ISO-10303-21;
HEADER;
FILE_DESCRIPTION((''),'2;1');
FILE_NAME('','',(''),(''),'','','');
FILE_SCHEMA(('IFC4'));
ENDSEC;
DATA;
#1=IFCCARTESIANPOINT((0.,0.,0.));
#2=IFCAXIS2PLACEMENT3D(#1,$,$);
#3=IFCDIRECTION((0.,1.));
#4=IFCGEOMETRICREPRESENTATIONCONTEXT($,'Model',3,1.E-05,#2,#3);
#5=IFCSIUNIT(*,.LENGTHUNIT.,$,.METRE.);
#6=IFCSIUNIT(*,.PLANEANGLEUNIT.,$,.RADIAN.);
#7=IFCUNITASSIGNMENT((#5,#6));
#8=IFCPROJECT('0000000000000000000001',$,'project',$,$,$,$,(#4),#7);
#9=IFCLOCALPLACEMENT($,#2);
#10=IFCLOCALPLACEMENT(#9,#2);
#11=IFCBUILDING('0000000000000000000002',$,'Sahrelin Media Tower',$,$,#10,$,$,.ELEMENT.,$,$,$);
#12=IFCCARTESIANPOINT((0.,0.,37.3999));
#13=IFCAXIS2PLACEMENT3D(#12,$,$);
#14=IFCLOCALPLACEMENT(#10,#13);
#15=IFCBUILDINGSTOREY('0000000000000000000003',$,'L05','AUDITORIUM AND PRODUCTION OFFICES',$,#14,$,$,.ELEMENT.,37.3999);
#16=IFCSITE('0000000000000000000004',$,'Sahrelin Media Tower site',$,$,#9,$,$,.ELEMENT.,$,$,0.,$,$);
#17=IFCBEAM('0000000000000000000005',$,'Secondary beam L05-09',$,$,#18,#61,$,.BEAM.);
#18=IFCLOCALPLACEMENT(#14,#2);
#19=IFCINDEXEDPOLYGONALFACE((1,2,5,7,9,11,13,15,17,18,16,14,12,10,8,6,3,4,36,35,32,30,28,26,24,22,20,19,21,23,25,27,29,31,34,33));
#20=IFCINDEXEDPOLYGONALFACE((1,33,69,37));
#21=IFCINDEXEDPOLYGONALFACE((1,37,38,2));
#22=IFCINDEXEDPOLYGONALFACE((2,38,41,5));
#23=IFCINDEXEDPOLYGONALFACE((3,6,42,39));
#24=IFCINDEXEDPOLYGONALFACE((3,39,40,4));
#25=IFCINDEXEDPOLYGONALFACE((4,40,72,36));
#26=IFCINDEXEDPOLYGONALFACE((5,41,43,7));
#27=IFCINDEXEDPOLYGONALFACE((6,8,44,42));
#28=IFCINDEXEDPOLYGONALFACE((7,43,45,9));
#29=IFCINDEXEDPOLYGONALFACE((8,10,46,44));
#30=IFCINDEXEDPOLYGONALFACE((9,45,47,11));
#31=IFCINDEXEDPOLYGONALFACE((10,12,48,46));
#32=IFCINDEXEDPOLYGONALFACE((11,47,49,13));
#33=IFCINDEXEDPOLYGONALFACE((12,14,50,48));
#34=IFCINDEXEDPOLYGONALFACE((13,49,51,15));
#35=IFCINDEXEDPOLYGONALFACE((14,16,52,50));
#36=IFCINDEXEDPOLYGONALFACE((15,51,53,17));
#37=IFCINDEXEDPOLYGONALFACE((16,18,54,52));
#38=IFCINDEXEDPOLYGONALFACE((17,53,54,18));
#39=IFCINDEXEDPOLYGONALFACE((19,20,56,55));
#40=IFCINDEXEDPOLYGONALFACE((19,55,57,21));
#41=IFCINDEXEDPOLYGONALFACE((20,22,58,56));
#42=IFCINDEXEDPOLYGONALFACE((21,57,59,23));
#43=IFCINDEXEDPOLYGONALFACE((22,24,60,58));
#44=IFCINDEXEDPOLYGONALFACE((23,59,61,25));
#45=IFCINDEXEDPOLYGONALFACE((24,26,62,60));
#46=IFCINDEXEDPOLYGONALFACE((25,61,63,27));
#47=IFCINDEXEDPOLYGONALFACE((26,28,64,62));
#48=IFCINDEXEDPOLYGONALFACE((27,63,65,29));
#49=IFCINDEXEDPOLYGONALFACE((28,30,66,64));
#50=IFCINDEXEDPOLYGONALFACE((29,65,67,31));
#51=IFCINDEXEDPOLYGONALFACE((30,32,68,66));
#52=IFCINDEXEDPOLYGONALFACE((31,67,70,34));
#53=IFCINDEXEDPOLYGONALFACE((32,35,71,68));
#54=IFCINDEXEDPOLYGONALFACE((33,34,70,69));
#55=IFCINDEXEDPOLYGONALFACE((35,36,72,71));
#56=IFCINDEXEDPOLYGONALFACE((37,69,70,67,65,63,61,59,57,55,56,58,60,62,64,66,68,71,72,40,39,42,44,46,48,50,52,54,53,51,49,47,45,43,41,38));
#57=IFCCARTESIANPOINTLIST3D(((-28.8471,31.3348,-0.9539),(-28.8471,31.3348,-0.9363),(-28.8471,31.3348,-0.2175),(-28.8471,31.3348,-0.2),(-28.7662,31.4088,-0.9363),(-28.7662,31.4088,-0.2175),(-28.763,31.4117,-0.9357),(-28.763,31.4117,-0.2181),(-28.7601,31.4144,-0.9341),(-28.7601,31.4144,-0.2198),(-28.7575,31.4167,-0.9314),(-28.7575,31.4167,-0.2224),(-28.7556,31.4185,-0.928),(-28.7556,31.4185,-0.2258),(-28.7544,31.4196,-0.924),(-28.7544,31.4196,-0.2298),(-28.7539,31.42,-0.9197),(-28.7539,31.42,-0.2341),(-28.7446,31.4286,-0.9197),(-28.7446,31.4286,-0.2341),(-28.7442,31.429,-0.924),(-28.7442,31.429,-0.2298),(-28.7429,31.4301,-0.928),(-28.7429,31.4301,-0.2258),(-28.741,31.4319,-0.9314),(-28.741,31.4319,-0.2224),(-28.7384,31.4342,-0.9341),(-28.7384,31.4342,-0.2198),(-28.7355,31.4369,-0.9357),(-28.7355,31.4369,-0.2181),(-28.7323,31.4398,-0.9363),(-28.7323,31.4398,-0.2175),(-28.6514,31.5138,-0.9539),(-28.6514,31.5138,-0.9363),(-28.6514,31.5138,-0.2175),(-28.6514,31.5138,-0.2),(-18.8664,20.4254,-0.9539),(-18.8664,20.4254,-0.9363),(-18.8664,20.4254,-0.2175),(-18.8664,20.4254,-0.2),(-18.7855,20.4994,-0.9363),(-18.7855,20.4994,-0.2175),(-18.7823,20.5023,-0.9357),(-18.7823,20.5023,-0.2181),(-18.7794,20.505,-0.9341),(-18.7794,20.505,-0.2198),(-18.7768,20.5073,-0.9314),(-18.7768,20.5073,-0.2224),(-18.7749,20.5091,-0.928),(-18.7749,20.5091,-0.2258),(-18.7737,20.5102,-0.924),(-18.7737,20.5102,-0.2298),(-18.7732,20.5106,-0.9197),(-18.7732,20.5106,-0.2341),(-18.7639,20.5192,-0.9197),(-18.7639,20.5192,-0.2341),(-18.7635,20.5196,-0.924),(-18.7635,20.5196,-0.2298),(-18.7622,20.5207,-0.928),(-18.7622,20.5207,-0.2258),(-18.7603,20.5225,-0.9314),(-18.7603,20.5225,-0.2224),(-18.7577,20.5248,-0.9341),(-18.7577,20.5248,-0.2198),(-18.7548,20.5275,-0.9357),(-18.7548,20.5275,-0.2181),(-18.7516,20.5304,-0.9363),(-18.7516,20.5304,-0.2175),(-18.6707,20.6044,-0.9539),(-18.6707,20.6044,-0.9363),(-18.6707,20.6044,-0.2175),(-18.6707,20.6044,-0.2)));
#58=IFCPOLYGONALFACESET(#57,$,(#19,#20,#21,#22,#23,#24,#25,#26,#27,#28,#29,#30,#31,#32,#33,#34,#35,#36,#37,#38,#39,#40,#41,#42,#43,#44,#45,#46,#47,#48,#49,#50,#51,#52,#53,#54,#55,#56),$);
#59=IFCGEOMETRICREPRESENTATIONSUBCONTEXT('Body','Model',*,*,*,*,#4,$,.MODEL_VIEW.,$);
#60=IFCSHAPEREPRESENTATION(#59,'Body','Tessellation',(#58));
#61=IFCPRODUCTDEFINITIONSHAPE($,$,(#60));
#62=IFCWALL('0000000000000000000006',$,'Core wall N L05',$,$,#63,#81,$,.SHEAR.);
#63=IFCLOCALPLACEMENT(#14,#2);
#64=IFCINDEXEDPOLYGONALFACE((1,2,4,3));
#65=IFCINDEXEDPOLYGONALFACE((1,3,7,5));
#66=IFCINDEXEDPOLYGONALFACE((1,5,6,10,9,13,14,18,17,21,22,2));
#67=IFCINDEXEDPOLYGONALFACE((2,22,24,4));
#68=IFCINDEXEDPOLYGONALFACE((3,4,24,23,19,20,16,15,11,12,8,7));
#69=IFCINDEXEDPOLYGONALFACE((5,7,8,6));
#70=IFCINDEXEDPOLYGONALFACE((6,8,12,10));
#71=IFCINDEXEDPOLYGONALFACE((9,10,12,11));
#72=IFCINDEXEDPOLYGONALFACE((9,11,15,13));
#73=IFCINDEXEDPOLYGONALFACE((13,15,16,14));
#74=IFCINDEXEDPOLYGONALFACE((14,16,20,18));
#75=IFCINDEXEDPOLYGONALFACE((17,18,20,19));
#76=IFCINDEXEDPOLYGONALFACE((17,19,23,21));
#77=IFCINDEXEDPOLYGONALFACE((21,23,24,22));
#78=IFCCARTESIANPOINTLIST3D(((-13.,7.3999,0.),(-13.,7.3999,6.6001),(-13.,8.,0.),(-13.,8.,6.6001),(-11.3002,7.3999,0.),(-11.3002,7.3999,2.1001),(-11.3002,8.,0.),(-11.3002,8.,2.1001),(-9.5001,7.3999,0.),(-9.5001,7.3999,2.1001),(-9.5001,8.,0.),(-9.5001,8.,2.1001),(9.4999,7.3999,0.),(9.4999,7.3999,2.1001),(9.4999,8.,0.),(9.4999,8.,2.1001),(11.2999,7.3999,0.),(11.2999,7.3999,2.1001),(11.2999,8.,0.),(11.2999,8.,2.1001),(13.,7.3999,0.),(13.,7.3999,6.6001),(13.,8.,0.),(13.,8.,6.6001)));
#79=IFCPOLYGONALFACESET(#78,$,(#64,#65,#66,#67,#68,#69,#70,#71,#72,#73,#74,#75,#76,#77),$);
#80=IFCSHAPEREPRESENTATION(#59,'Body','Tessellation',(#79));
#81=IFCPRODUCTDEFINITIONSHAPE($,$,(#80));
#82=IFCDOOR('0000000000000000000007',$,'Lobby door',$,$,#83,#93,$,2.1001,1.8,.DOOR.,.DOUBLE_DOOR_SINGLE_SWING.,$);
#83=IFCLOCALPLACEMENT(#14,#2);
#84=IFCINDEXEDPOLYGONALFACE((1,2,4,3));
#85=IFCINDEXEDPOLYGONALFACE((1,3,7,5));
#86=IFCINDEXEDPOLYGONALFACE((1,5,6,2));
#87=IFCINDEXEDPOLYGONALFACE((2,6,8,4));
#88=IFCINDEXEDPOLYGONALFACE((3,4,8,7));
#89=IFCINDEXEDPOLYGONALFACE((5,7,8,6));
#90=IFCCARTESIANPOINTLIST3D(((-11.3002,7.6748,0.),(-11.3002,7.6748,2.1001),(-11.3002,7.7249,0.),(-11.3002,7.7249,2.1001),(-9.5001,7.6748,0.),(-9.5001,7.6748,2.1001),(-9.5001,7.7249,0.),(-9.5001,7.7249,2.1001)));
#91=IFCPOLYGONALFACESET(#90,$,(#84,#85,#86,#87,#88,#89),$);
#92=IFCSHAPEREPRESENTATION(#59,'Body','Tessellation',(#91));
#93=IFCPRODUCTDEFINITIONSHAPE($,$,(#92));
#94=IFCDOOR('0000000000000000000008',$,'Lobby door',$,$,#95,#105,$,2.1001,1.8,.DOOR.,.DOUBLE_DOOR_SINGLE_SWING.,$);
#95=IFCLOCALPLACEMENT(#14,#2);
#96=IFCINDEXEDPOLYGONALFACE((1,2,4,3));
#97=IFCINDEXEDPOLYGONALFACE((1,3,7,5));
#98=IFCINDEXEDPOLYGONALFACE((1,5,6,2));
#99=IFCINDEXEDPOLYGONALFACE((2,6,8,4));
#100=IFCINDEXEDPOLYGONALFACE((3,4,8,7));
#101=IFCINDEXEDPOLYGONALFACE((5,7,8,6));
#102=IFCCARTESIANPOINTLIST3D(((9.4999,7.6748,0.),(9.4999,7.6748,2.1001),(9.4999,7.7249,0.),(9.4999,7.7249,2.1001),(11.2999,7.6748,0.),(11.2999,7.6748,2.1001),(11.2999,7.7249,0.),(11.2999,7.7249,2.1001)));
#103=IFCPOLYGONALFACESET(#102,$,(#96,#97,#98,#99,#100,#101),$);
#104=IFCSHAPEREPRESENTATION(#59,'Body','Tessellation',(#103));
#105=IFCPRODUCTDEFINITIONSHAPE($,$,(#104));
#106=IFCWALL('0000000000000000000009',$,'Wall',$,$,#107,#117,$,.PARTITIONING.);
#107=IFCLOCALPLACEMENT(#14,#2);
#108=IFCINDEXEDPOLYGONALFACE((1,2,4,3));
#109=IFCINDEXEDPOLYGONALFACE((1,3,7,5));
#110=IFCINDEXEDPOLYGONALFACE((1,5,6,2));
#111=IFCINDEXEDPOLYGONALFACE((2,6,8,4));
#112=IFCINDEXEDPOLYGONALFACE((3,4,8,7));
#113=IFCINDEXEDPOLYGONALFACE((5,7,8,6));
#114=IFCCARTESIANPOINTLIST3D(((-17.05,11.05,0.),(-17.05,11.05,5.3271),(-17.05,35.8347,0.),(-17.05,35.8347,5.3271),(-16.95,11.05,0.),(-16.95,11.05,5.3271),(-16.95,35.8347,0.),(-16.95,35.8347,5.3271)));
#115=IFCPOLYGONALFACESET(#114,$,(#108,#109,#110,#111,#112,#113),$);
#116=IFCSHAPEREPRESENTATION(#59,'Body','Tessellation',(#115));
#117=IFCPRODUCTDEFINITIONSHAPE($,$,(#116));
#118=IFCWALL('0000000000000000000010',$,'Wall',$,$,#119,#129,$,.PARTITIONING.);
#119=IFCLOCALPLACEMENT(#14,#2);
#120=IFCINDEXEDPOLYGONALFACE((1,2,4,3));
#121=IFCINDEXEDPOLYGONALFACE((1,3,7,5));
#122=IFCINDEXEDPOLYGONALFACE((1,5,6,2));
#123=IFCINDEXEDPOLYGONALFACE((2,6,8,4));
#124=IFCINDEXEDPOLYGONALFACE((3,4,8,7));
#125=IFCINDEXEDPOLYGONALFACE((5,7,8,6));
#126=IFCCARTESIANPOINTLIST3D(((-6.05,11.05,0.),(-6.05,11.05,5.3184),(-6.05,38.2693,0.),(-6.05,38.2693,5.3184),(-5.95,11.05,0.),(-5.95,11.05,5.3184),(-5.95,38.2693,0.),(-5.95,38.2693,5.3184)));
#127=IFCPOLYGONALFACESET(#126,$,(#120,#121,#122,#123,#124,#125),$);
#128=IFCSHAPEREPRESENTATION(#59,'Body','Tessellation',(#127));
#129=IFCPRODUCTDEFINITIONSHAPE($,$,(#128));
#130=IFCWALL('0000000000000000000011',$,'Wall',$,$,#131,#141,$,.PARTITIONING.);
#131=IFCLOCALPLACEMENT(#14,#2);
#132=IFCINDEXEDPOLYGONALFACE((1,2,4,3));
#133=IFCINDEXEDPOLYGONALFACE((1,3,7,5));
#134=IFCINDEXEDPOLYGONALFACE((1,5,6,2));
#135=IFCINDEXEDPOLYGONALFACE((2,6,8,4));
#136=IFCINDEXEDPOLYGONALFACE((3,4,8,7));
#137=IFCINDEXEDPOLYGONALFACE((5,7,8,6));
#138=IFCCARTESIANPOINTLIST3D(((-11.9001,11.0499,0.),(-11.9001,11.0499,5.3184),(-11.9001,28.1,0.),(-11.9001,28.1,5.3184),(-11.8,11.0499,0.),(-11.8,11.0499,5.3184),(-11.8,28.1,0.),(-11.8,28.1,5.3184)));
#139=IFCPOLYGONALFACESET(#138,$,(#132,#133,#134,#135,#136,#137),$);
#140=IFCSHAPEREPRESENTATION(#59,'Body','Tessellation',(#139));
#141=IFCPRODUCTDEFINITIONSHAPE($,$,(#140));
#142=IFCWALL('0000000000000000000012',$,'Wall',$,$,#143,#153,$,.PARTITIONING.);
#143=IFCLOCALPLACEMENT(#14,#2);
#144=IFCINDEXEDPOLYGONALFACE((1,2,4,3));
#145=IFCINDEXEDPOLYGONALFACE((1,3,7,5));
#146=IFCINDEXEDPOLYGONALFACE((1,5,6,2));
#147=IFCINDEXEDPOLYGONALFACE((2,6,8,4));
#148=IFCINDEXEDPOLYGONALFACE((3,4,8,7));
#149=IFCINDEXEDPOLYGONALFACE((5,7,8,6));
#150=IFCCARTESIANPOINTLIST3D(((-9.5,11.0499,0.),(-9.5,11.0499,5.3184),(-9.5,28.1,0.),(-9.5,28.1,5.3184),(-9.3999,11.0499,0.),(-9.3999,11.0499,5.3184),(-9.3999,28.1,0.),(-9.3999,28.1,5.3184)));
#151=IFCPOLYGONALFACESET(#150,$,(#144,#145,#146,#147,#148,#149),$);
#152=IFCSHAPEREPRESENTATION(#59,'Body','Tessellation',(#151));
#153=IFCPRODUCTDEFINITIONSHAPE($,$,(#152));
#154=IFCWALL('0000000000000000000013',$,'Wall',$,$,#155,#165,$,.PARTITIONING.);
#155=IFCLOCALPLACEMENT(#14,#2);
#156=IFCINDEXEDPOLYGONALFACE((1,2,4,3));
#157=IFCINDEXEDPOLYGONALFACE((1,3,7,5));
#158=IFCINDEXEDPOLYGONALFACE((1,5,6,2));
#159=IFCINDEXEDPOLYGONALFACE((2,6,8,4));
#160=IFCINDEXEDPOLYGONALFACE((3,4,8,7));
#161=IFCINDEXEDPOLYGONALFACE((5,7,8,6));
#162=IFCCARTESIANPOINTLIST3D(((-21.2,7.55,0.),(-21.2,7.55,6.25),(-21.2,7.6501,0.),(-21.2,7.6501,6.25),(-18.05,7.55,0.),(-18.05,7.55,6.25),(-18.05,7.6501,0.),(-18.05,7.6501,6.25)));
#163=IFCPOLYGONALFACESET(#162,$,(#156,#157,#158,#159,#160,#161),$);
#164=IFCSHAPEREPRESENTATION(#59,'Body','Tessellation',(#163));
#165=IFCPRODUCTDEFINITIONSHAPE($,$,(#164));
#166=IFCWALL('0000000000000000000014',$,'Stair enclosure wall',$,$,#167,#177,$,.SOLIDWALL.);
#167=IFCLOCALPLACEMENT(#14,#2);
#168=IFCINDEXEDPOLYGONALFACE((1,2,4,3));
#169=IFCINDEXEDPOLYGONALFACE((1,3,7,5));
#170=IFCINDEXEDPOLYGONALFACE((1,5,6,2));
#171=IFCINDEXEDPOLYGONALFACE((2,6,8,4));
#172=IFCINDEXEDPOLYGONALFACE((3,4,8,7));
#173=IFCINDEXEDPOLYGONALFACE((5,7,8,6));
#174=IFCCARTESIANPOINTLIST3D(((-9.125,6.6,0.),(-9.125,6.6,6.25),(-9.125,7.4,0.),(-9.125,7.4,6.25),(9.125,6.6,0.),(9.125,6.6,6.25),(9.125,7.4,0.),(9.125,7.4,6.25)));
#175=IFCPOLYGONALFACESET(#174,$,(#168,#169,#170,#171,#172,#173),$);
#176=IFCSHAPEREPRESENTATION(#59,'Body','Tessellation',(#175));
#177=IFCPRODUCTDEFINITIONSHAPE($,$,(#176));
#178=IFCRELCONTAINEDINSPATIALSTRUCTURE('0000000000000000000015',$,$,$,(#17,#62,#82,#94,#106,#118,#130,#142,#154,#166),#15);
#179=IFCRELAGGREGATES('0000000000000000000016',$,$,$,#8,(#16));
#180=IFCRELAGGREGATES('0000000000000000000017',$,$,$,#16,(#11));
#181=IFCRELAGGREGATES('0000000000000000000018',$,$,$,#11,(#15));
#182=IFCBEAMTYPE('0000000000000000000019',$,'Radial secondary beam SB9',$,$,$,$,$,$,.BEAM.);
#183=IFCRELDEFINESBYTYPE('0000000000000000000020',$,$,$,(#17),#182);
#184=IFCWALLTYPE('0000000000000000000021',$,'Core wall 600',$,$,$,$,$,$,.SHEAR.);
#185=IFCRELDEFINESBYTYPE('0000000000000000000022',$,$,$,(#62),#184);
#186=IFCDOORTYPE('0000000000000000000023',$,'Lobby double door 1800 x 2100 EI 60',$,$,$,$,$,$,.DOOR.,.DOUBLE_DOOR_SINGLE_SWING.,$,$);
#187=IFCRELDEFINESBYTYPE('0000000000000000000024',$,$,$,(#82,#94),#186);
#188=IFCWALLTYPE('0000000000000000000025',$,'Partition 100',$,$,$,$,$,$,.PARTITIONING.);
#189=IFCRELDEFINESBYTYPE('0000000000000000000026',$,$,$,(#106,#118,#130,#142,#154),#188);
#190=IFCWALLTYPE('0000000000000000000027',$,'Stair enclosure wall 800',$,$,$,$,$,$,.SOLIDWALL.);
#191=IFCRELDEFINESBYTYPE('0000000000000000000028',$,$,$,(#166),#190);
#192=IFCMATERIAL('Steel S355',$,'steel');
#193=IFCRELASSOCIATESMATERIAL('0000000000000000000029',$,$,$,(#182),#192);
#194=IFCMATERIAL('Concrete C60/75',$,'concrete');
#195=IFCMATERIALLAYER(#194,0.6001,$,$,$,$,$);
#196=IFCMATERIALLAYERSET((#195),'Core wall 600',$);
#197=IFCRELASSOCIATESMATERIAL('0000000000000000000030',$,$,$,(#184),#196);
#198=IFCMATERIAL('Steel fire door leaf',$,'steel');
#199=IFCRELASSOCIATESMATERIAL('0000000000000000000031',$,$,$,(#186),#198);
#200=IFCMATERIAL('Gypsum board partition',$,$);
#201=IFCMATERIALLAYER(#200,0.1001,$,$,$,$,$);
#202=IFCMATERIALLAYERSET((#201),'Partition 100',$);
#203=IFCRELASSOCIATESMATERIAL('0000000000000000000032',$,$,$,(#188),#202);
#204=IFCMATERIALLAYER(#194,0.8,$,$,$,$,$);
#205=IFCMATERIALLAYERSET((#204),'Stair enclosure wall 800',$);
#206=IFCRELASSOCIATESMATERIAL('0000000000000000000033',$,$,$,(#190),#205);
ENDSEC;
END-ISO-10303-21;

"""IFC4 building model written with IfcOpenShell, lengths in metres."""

from ifc_helpers import new_model, si_unit, direction, frame, frame_2d, origin, origin_2d, place, context, subcontext, project, spatial, rectangle, i_section, extrude, material, layer, layer_set, material_profile, profile_set, type_object, element, fill, save


model = new_model("IFC4")

# Units and contexts
model_context = context("Model", 3, precision=1e-05, world=origin(), true_north=direction((0.0, 1.0)))
body_context = subcontext(model_context, "Body", "Model", "MODEL_VIEW")
ifc_project = project(units=[si_unit("LENGTHUNIT", "METRE"), si_unit("PLANEANGLEUNIT", "RADIAN")], contexts=[model_context])

# Site, building, storey
site_placement = place(None, origin())
site = spatial("IfcSite", under=ifc_project, at=site_placement, Name="Sahrelin Media Tower site", CompositionType="ELEMENT", RefElevation=0.0)
building_placement = place(site_placement, origin())
building = spatial("IfcBuilding", under=site, at=building_placement, Name="Sahrelin Media Tower", CompositionType="ELEMENT")
storey_placement = place(building_placement, frame((0.0, 0.0, 37.3999)))
storey = spatial("IfcBuildingStorey", under=building, at=storey_placement, Name="L05", Description="AUDITORIUM AND PRODUCTION OFFICES", CompositionType="ELEMENT", Elevation=37.3999)

# Beam
ifc_material_1 = material(Name="Steel S355", Category="steel")
ifc_material_profile_1 = material_profile(ifc_material_1, i_section(OverallWidth=0.2651, OverallDepth=0.7539, WebThickness=0.0127, FlangeThickness=0.0176, FilletRadius=0.0166, at=origin_2d()), Name="UB 762x267x147")
ifc_profile_set_1 = profile_set([ifc_material_profile_1], Name="Steel S355")
beam_type_1 = type_object("IfcBeamType", Name="Radial secondary beam SB9", PredefinedType="BEAM", material=ifc_profile_set_1)
beam_1_placement = place(storey_placement, frame((-18.7686, 20.5149, -0.5769), z_axis=(-0.675004, 0.737814, 0.0), x_axis=(-0.737814, -0.675004, 0.0)))
element("IfcBeam", 1, at=beam_1_placement, inside=storey, type_object=beam_type_1, Name="Secondary beam L05-09", PredefinedType="BEAM", context=body_context, shape_type="SweptSolid", body=[
    extrude(i_section(OverallWidth=0.2651, OverallDepth=0.7539, WebThickness=0.0127, FlangeThickness=0.0176, FilletRadius=0.0166, at=origin_2d()), origin(), (0.0, 0.0, 1.0), 14.7861),
])

# Wall, openings, doors
ifc_material_2 = material(Name="Concrete C60/75", Category="concrete")
ifc_layer_1 = layer(ifc_material_2, 0.6001)
ifc_layer_set_1 = layer_set([ifc_layer_1], Name="Core wall 600")
wall_type_1 = type_object("IfcWallType", Name="Core wall 600", PredefinedType="SHEAR", material=ifc_layer_set_1)
wall_1_placement = place(storey_placement, frame((-13.0, 7.7, 0.0), z_axis=(0.0, 0.0, 1.0), x_axis=(1.0, 0.0, 0.0)))
wall_1 = element("IfcWall", 2, at=wall_1_placement, inside=storey, type_object=wall_type_1, Name="Core wall N L05", PredefinedType="SHEAR", context=body_context, shape_type="SweptSolid", body=[
    extrude(rectangle(XDim=26.0, YDim=0.6001, at=frame_2d((13.0, 0.0))), origin(), (0.0, 0.0, 1.0), 6.6001),
])
opening_1_placement = place(wall_1_placement, frame((1.7, 0.0, 0.0)))
opening_1 = element("IfcOpeningElement", 3, at=opening_1_placement, cuts=wall_1, PredefinedType="OPENING", context=body_context, shape_type="SweptSolid", body=[
    extrude(rectangle(XDim=1.8, YDim=2.1001, at=frame_2d((0.8999, 1.05))), frame((0.0, 0.3, 0.0), z_axis=(0.0, -1.0, 0.0), x_axis=(1.0, 0.0, 0.0)), (0.0, 0.0, 1.0), 0.6001),
])
opening_2_placement = place(wall_1_placement, frame((22.5, 0.0, 0.0)))
opening_2 = element("IfcOpeningElement", 4, at=opening_2_placement, cuts=wall_1, PredefinedType="OPENING", context=body_context, shape_type="SweptSolid", body=[
    extrude(rectangle(XDim=1.8, YDim=2.1001, at=frame_2d((0.8999, 1.05))), frame((0.0, 0.3, 0.0), z_axis=(0.0, -1.0, 0.0), x_axis=(1.0, 0.0, 0.0)), (0.0, 0.0, 1.0), 0.6001),
])
ifc_material_3 = material(Name="Steel fire door leaf", Category="steel")
door_type = type_object("IfcDoorType", Name="Lobby double door 1800 x 2100 EI 60", OperationType="DOUBLE_DOOR_SINGLE_SWING", PredefinedType="DOOR", material=ifc_material_3)
door_1_placement = place(opening_1_placement, origin())
door_1 = element("IfcDoor", 5, at=door_1_placement, inside=storey, type_object=door_type, Name="Lobby door", OperationType="DOUBLE_DOOR_SINGLE_SWING", OverallHeight=2.1001, OverallWidth=1.8, PredefinedType="DOOR", context=body_context, shape_type="SweptSolid", body=[
    extrude(rectangle(XDim=1.8, YDim=2.1001, at=frame_2d((0.8999, 1.05))), frame((0.0, 0.0249, 0.0), z_axis=(0.0, -1.0, 0.0), x_axis=(1.0, 0.0, 0.0)), (0.0, 0.0, 1.0), 0.05),
])
fill(opening_1, door_1)
door_2_placement = place(opening_2_placement, origin())
door_2 = element("IfcDoor", 6, at=door_2_placement, inside=storey, type_object=door_type, Name="Lobby door", OperationType="DOUBLE_DOOR_SINGLE_SWING", OverallHeight=2.1001, OverallWidth=1.8, PredefinedType="DOOR", context=body_context, shape_type="SweptSolid", body=[
    extrude(rectangle(XDim=1.8, YDim=2.1001, at=frame_2d((0.8999, 1.05))), frame((0.0, 0.0249, 0.0), z_axis=(0.0, -1.0, 0.0), x_axis=(1.0, 0.0, 0.0)), (0.0, 0.0, 1.0), 0.05),
])
fill(opening_2, door_2)

# Walls
ifc_material_4 = material(Name="Gypsum board partition")
ifc_layer_2 = layer(ifc_material_4, 0.1001)
ifc_layer_set_2 = layer_set([ifc_layer_2], Name="Partition 100")
wall_type_2 = type_object("IfcWallType", Name="Partition 100", PredefinedType="PARTITIONING", material=ifc_layer_set_2)
wall_2_placement = place(storey_placement, frame((-17.0, 11.05, 0.0), z_axis=(0.0, 0.0, 1.0), x_axis=(0.0, 1.0, 0.0)))
element("IfcWall", 7, at=wall_2_placement, inside=storey, type_object=wall_type_2, Name="Wall", PredefinedType="PARTITIONING", context=body_context, shape_type="SweptSolid", body=[
    extrude(rectangle(XDim=24.7847, YDim=0.1001, at=frame_2d((12.3923, 0.0))), origin(), (0.0, 0.0, 1.0), 5.3271),
])
wall_3_placement = place(storey_placement, frame((-6.0, 11.05, 0.0), z_axis=(0.0, 0.0, 1.0), x_axis=(0.0, 1.0, 0.0)))
element("IfcWall", 8, at=wall_3_placement, inside=storey, type_object=wall_type_2, Name="Wall", PredefinedType="PARTITIONING", context=body_context, shape_type="SweptSolid", body=[
    extrude(rectangle(XDim=27.2192, YDim=0.1001, at=frame_2d((13.6096, 0.0))), origin(), (0.0, 0.0, 1.0), 5.3184),
])
for number, where, z_axis, x_axis, name in (
    (9, (-11.8501, 11.05, 0.0), (0.0, 0.0, 1.0), (0.0, 1.0, 0.0), "Wall"),
    (10, (-9.45, 11.05, 0.0), (0.0, 0.0, 1.0), (0.0, 1.0, 0.0), "Wall"),
):
    element("IfcWall", number, at=place(storey_placement, frame(where, z_axis=z_axis, x_axis=x_axis)), inside=storey, type_object=wall_type_2, Name=name, PredefinedType="PARTITIONING", context=body_context, shape_type="SweptSolid", body=[
        extrude(rectangle(XDim=17.05, YDim=0.1001, at=frame_2d((8.5249, 0.0))), origin(), (0.0, 0.0, 1.0), 5.3184),
    ])
wall_4_placement = place(storey_placement, frame((-18.05, 7.6001, 0.0), z_axis=(0.0, 0.0, 1.0), x_axis=(-1.0, 0.0, 0.0)))
element("IfcWall", 11, at=wall_4_placement, inside=storey, type_object=wall_type_2, Name="Wall", PredefinedType="PARTITIONING", context=body_context, shape_type="SweptSolid", body=[
    extrude(rectangle(XDim=3.1499, YDim=0.1001, at=frame_2d((1.575, 0.0))), origin(), (0.0, 0.0, 1.0), 6.25),
])
ifc_layer_3 = layer(ifc_material_2, 0.8)
ifc_layer_set_3 = layer_set([ifc_layer_3], Name="Stair enclosure wall 800")
wall_type_3 = type_object("IfcWallType", Name="Stair enclosure wall 800", PredefinedType="SOLIDWALL", material=ifc_layer_set_3)
wall_5_placement = place(storey_placement, frame((-9.125, 7.0, 0.0), z_axis=(0.0, 0.0, 1.0), x_axis=(1.0, 0.0, 0.0)))
element("IfcWall", 12, at=wall_5_placement, inside=storey, type_object=wall_type_3, Name="Stair enclosure wall", PredefinedType="SOLIDWALL", context=body_context, shape_type="SweptSolid", body=[
    extrude(rectangle(XDim=18.25, YDim=0.8, at=frame_2d((9.125, 0.0))), origin(), (0.0, 0.0, 1.0), 6.25),
])

save(model, "model.ifc")
